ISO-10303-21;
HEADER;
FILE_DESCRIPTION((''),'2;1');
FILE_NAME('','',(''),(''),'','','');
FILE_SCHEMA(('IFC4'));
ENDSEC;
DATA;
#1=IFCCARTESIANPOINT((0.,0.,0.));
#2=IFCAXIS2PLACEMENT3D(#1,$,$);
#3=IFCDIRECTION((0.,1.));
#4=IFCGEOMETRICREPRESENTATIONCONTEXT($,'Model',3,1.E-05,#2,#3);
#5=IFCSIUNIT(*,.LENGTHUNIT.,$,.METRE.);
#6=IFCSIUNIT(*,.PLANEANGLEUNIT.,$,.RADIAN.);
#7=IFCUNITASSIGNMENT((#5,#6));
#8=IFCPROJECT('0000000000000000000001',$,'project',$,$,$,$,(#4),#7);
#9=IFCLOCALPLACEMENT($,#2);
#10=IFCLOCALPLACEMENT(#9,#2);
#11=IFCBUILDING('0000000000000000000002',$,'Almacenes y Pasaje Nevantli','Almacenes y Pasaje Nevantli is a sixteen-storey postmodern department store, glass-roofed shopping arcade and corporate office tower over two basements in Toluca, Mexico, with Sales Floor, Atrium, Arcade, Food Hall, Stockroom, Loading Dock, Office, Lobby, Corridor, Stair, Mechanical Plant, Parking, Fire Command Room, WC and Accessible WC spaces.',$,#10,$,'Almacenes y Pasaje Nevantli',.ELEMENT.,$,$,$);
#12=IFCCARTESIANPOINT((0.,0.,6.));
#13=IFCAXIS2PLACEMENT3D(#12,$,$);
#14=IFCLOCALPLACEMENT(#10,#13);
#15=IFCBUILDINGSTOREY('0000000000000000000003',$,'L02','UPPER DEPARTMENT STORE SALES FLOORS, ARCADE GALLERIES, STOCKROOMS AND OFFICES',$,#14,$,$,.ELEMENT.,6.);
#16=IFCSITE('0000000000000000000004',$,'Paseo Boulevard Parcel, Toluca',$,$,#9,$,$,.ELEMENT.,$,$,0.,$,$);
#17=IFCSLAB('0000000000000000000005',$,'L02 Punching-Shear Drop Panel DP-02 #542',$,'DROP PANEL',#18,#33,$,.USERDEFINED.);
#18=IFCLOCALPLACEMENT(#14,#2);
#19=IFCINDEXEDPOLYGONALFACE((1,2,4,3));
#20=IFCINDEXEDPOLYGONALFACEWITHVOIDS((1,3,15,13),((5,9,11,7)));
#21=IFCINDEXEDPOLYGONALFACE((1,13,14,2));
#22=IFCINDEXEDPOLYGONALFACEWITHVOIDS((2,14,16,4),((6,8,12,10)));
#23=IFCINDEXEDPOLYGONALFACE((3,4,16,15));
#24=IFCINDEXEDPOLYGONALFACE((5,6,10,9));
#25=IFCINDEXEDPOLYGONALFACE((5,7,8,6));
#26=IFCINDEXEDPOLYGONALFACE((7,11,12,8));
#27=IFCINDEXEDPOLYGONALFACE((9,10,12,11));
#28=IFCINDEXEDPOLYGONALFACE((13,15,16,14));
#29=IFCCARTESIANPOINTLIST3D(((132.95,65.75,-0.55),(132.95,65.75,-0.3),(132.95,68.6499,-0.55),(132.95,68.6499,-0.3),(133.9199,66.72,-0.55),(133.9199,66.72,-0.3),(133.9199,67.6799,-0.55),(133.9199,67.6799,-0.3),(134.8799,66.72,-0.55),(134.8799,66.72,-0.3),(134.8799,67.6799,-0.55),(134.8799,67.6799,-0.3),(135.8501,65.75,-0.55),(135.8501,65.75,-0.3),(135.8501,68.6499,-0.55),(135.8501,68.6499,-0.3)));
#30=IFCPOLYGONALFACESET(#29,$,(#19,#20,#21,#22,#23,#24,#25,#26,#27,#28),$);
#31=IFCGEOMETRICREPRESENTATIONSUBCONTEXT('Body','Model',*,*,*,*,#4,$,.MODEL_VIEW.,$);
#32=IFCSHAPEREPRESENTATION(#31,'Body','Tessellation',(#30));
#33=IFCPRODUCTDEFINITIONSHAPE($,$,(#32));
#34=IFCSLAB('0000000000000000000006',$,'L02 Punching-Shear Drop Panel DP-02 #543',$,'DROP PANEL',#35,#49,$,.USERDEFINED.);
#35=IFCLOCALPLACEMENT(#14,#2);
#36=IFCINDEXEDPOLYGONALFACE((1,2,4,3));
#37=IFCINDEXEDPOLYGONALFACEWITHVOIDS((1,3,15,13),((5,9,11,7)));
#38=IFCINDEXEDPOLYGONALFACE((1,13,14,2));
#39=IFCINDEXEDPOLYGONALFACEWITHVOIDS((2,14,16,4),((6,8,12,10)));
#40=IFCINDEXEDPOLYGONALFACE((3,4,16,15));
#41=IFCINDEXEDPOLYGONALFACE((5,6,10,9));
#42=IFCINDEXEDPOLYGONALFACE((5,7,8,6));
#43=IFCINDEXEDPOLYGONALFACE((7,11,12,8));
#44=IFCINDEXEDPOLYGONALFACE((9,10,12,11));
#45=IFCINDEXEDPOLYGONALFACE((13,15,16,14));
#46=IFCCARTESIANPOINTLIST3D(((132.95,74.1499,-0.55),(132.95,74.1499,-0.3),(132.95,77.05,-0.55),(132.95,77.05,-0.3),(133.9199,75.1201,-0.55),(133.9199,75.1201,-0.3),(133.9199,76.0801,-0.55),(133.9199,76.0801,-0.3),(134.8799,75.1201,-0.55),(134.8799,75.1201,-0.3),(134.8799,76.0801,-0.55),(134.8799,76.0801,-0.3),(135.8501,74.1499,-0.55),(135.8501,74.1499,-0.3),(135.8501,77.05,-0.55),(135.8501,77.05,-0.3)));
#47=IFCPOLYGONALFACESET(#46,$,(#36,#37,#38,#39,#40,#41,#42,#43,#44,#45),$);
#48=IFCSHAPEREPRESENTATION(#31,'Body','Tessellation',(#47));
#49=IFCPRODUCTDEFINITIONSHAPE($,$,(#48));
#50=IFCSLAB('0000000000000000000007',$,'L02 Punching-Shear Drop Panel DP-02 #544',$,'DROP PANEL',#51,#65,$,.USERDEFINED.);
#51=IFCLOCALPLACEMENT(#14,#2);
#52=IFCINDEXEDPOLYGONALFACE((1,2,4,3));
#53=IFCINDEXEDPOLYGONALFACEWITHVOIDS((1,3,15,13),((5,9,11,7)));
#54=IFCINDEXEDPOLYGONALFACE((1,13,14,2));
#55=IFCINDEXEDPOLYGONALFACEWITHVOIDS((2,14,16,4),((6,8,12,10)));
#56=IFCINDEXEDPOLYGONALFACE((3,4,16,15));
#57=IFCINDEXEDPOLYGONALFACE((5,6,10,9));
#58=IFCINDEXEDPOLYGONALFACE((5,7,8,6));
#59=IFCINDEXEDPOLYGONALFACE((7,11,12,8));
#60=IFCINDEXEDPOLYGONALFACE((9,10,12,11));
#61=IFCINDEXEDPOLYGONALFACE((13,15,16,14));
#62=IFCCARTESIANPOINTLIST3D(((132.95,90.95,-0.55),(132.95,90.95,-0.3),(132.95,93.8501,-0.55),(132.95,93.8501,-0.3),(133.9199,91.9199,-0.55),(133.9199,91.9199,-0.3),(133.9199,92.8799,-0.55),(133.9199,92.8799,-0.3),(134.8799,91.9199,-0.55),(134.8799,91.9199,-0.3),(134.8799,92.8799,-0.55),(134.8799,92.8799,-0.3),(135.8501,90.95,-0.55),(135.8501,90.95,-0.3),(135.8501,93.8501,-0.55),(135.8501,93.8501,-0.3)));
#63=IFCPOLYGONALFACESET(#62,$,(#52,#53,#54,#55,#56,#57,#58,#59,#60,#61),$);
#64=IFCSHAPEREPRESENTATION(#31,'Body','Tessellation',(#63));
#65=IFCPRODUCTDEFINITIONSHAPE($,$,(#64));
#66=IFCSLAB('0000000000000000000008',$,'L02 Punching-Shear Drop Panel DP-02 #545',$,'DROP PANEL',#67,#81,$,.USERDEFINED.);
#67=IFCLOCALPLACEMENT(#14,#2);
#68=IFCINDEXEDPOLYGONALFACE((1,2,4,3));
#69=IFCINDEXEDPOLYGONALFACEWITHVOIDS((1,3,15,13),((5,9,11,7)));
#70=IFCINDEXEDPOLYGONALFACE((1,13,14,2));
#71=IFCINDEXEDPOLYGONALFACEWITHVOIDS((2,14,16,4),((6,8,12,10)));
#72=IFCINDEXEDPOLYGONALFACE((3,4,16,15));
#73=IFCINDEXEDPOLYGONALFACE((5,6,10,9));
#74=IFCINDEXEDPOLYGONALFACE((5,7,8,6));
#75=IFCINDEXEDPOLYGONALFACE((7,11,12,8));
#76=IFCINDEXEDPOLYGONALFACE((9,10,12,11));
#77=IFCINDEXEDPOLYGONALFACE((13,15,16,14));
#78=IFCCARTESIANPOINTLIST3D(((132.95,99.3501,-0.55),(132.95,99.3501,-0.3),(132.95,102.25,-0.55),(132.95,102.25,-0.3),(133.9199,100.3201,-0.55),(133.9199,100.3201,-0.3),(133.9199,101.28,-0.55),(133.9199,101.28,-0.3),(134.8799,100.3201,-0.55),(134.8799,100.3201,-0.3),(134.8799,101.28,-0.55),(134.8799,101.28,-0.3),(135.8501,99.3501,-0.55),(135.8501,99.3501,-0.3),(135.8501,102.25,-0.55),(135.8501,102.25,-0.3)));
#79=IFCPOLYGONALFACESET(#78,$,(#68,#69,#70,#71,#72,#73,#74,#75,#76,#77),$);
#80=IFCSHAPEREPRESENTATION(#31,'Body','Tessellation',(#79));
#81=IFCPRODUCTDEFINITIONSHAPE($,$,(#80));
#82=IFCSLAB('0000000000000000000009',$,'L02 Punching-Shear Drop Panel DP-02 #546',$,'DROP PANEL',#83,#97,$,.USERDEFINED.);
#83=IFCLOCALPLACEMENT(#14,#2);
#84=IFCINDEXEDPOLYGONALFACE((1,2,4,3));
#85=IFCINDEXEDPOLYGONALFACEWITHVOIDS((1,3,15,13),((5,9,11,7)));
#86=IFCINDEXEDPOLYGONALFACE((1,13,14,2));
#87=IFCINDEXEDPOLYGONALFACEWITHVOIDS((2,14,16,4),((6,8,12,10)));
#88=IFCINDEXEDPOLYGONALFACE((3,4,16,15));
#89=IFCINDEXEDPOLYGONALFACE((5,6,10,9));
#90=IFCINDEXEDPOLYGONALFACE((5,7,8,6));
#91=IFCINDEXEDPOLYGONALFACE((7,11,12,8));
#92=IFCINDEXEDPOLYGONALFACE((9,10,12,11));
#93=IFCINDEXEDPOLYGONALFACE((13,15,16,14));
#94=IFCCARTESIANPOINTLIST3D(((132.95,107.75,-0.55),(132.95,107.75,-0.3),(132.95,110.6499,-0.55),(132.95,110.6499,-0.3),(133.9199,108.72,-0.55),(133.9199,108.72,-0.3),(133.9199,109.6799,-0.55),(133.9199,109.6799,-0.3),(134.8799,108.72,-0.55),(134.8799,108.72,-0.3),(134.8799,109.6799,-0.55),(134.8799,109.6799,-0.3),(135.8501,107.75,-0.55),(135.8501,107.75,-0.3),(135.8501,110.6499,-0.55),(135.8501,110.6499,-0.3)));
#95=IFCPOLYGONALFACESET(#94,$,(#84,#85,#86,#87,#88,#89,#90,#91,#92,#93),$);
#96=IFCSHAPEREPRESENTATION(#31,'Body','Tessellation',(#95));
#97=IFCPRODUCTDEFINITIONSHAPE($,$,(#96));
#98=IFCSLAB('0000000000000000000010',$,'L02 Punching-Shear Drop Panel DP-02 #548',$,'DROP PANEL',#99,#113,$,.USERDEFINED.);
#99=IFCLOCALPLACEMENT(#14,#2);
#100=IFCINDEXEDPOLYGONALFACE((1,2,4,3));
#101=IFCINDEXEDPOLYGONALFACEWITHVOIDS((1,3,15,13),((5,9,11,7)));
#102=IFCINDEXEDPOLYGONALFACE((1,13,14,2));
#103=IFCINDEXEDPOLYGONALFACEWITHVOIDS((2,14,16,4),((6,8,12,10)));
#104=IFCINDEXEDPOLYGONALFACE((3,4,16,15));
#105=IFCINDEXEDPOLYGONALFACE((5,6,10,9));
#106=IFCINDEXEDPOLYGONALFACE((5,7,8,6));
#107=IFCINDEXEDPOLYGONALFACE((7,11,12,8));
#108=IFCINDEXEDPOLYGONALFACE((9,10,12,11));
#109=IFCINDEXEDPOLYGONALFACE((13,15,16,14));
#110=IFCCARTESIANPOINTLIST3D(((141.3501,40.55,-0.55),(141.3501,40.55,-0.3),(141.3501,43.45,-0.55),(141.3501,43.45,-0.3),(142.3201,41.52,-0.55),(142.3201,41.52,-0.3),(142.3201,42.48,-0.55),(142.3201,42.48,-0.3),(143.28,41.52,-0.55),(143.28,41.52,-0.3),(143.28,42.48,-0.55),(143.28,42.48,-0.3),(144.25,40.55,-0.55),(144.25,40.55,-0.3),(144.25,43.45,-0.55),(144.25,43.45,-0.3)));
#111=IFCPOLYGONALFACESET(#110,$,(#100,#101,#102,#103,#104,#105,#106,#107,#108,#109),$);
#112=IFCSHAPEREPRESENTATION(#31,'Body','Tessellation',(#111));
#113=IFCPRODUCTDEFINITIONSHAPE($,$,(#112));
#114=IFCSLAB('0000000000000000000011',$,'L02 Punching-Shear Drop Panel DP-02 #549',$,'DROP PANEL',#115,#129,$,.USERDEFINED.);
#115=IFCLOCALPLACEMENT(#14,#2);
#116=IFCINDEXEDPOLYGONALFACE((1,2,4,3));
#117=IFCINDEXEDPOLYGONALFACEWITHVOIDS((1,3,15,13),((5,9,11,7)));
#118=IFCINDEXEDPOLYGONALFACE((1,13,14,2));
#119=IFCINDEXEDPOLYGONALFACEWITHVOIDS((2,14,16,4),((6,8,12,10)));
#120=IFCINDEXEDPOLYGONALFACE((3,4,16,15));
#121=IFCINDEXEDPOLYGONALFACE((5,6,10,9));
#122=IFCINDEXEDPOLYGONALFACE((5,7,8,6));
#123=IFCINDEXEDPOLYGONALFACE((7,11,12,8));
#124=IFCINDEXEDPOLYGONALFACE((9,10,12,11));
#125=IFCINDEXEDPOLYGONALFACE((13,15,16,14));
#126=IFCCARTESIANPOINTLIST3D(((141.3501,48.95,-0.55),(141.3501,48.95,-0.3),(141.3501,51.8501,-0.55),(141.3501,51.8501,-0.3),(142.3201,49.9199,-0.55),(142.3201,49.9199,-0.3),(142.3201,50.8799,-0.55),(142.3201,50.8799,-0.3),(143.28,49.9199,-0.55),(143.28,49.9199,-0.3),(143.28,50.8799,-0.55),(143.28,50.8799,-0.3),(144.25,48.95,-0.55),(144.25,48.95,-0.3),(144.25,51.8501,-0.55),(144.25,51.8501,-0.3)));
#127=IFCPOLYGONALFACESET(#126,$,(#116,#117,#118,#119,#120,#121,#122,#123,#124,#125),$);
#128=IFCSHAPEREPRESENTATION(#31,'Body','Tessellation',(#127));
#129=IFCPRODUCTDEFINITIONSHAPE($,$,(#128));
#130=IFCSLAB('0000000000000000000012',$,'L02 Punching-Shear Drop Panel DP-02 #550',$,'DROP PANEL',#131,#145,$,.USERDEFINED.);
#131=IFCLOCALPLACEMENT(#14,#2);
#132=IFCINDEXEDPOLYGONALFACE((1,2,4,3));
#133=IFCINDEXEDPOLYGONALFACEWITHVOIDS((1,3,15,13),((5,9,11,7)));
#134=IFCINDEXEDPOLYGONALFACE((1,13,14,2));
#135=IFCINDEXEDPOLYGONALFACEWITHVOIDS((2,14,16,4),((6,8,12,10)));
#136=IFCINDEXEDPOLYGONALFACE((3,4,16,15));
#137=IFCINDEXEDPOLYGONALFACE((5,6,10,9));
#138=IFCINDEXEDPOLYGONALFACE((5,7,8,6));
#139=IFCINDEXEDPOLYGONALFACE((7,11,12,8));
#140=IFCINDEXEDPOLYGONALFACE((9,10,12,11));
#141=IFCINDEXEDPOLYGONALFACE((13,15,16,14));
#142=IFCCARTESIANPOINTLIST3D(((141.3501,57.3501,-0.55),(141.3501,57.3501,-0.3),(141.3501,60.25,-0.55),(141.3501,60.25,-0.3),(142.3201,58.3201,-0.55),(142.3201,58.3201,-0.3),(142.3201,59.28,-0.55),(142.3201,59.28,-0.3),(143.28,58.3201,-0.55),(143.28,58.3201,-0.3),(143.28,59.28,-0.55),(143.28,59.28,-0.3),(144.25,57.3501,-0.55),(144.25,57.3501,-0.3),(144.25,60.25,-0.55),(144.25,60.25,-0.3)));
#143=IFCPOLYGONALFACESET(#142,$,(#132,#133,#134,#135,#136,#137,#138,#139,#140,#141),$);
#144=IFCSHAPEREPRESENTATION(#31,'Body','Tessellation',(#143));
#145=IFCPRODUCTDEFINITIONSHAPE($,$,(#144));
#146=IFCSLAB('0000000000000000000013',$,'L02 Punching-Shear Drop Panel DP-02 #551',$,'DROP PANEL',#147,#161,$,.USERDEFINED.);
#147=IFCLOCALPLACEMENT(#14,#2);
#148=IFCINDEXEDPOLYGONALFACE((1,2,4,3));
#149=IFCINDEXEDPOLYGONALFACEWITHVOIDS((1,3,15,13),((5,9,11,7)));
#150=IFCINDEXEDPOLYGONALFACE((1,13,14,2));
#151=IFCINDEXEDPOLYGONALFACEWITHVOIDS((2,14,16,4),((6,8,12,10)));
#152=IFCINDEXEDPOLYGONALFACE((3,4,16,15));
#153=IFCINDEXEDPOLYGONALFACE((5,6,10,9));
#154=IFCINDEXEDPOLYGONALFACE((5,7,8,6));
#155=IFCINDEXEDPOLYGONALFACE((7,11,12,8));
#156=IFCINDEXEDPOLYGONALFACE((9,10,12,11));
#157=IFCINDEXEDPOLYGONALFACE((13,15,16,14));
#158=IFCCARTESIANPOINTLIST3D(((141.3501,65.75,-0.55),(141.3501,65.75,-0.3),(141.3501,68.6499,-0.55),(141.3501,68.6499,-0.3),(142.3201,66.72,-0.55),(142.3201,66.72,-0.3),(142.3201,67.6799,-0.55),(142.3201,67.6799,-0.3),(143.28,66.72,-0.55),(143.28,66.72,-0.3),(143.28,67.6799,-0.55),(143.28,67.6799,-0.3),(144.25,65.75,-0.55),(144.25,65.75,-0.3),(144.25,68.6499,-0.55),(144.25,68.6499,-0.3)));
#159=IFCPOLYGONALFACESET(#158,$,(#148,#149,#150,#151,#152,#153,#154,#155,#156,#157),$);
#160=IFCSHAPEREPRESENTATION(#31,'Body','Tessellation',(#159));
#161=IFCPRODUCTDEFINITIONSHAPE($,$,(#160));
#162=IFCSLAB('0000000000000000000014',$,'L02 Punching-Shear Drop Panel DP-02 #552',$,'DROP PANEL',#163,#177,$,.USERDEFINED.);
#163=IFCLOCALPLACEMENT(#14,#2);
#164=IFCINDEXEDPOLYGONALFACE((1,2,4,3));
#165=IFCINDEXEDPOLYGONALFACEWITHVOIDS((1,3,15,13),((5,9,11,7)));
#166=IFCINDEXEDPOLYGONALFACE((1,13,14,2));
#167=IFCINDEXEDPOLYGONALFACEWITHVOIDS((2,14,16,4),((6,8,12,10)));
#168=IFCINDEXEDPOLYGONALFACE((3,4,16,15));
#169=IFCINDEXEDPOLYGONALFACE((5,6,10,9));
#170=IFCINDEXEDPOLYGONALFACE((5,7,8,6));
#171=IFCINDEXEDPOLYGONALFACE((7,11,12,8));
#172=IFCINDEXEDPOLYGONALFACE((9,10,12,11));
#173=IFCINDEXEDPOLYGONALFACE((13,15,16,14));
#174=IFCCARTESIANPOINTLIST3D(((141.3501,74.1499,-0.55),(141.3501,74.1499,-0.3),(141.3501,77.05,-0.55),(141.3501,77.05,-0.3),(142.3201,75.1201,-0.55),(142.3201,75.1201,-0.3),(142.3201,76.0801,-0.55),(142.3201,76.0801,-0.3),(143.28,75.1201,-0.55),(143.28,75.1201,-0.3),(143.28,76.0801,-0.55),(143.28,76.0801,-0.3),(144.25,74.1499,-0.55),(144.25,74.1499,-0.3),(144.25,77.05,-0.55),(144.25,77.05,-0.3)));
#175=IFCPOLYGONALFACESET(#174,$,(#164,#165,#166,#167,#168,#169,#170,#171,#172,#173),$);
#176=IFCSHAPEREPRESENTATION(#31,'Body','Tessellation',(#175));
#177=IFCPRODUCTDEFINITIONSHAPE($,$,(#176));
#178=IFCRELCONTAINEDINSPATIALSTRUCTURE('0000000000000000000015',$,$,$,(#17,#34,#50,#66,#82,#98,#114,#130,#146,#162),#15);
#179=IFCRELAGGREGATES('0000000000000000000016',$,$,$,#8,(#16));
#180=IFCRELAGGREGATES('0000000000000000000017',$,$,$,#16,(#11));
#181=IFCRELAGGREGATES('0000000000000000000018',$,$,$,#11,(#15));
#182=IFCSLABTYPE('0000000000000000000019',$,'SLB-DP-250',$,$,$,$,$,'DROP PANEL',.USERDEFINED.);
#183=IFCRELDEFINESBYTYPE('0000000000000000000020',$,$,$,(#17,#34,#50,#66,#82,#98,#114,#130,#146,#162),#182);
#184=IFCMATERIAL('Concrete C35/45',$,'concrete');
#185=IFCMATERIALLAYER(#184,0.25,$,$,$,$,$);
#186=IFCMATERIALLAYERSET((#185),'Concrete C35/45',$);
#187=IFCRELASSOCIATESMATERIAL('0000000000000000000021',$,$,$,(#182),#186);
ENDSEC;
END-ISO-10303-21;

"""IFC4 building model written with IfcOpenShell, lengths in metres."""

from ifc_helpers import new_model, si_unit, direction, frame, origin, place, context, subcontext, project, spatial, polyline, outline, extrude, material, layer, layer_set, type_object, element, save


model = new_model("IFC4")

# Units and contexts
model_context = context("Model", 3, precision=1e-05, world=origin(), true_north=direction((0.0, 1.0)))
body_context = subcontext(model_context, "Body", "Model", "MODEL_VIEW")
ifc_project = project(units=[si_unit("LENGTHUNIT", "METRE"), si_unit("PLANEANGLEUNIT", "RADIAN")], contexts=[model_context])

# Site, building, storey
site_placement = place(None, origin())
site = spatial("IfcSite", under=ifc_project, at=site_placement, Name="Paseo Boulevard Parcel, Toluca", CompositionType="ELEMENT", RefElevation=0.0)
building_placement = place(site_placement, origin())
building = spatial("IfcBuilding", under=site, at=building_placement, Name="Almacenes y Pasaje Nevantli", Description="Almacenes y Pasaje Nevantli is a sixteen-storey postmodern department store, glass-roofed shopping arcade and corporate office tower over two basements in Toluca, Mexico, with Sales Floor, Atrium, Arcade, Food Hall, Stockroom, Loading Dock, Office, Lobby, Corridor, Stair, Mechanical Plant, Parking, Fire Command Room, WC and Accessible WC spaces.", LongName="Almacenes y Pasaje Nevantli", CompositionType="ELEMENT")
storey_placement = place(building_placement, frame((0.0, 0.0, 6.0)))
storey = spatial("IfcBuildingStorey", under=building, at=storey_placement, Name="L02", Description="UPPER DEPARTMENT STORE SALES FLOORS, ARCADE GALLERIES, STOCKROOMS AND OFFICES", CompositionType="ELEMENT", Elevation=6.0)

# Slabs
ifc_material_1 = material(Name="Concrete C35/45", Category="concrete")
ifc_layer_1 = layer(ifc_material_1, 0.25)
ifc_layer_set_1 = layer_set([ifc_layer_1], Name="Concrete C35/45")
slab_type_1 = type_object("IfcSlabType", Name="SLB-DP-250", ElementType="DROP PANEL", PredefinedType="USERDEFINED", material=ifc_layer_set_1)
slab_1_placement = place(storey_placement, frame((0.0, 0.0, -0.55)))
element("IfcSlab", 1, at=slab_1_placement, inside=storey, type_object=slab_type_1, Name="L02 Punching-Shear Drop Panel DP-02 #542", ObjectType="DROP PANEL", PredefinedType="USERDEFINED", context=body_context, shape_type="SweptSolid", body=[
    extrude(outline(polyline([(132.95, 65.75), (135.8501, 65.75), (135.8501, 68.6499), (132.95, 68.6499), (132.95, 65.75)]), holes=[polyline([(133.9199, 66.72), (134.8799, 66.72), (134.8799, 67.6799), (133.9199, 67.6799), (133.9199, 66.72)])]), origin(), (0.0, 0.0, 1.0), 0.25),
])
slab_2_placement = place(storey_placement, frame((0.0, 0.0, -0.55)))
element("IfcSlab", 2, at=slab_2_placement, inside=storey, type_object=slab_type_1, Name="L02 Punching-Shear Drop Panel DP-02 #543", ObjectType="DROP PANEL", PredefinedType="USERDEFINED", context=body_context, shape_type="SweptSolid", body=[
    extrude(outline(polyline([(132.95, 74.1499), (135.8501, 74.1499), (135.8501, 77.05), (132.95, 77.05), (132.95, 74.1499)]), holes=[polyline([(133.9199, 75.1201), (134.8799, 75.1201), (134.8799, 76.0801), (133.9199, 76.0801), (133.9199, 75.1201)])]), origin(), (0.0, 0.0, 1.0), 0.25),
])
slab_3_placement = place(storey_placement, frame((0.0, 0.0, -0.55)))
element("IfcSlab", 3, at=slab_3_placement, inside=storey, type_object=slab_type_1, Name="L02 Punching-Shear Drop Panel DP-02 #544", ObjectType="DROP PANEL", PredefinedType="USERDEFINED", context=body_context, shape_type="SweptSolid", body=[
    extrude(outline(polyline([(132.95, 90.95), (135.8501, 90.95), (135.8501, 93.8501), (132.95, 93.8501), (132.95, 90.95)]), holes=[polyline([(133.9199, 91.9199), (134.8799, 91.9199), (134.8799, 92.8799), (133.9199, 92.8799), (133.9199, 91.9199)])]), origin(), (0.0, 0.0, 1.0), 0.25),
])
slab_4_placement = place(storey_placement, frame((0.0, 0.0, -0.55)))
element("IfcSlab", 4, at=slab_4_placement, inside=storey, type_object=slab_type_1, Name="L02 Punching-Shear Drop Panel DP-02 #545", ObjectType="DROP PANEL", PredefinedType="USERDEFINED", context=body_context, shape_type="SweptSolid", body=[
    extrude(outline(polyline([(132.95, 99.3501), (135.8501, 99.3501), (135.8501, 102.25), (132.95, 102.25), (132.95, 99.3501)]), holes=[polyline([(133.9199, 100.3201), (134.8799, 100.3201), (134.8799, 101.28), (133.9199, 101.28), (133.9199, 100.3201)])]), origin(), (0.0, 0.0, 1.0), 0.25),
])
slab_5_placement = place(storey_placement, frame((0.0, 0.0, -0.55)))
element("IfcSlab", 5, at=slab_5_placement, inside=storey, type_object=slab_type_1, Name="L02 Punching-Shear Drop Panel DP-02 #546", ObjectType="DROP PANEL", PredefinedType="USERDEFINED", context=body_context, shape_type="SweptSolid", body=[
    extrude(outline(polyline([(132.95, 107.75), (135.8501, 107.75), (135.8501, 110.6499), (132.95, 110.6499), (132.95, 107.75)]), holes=[polyline([(133.9199, 108.72), (134.8799, 108.72), (134.8799, 109.6799), (133.9199, 109.6799), (133.9199, 108.72)])]), origin(), (0.0, 0.0, 1.0), 0.25),
])
slab_6_placement = place(storey_placement, frame((0.0, 0.0, -0.55)))
element("IfcSlab", 6, at=slab_6_placement, inside=storey, type_object=slab_type_1, Name="L02 Punching-Shear Drop Panel DP-02 #548", ObjectType="DROP PANEL", PredefinedType="USERDEFINED", context=body_context, shape_type="SweptSolid", body=[
    extrude(outline(polyline([(141.3501, 40.55), (144.25, 40.55), (144.25, 43.45), (141.3501, 43.45), (141.3501, 40.55)]), holes=[polyline([(142.3201, 41.52), (143.28, 41.52), (143.28, 42.48), (142.3201, 42.48), (142.3201, 41.52)])]), origin(), (0.0, 0.0, 1.0), 0.25),
])
slab_7_placement = place(storey_placement, frame((0.0, 0.0, -0.55)))
element("IfcSlab", 7, at=slab_7_placement, inside=storey, type_object=slab_type_1, Name="L02 Punching-Shear Drop Panel DP-02 #549", ObjectType="DROP PANEL", PredefinedType="USERDEFINED", context=body_context, shape_type="SweptSolid", body=[
    extrude(outline(polyline([(141.3501, 48.95), (144.25, 48.95), (144.25, 51.8501), (141.3501, 51.8501), (141.3501, 48.95)]), holes=[polyline([(142.3201, 49.9199), (143.28, 49.9199), (143.28, 50.8799), (142.3201, 50.8799), (142.3201, 49.9199)])]), origin(), (0.0, 0.0, 1.0), 0.25),
])
slab_8_placement = place(storey_placement, frame((0.0, 0.0, -0.55)))
element("IfcSlab", 8, at=slab_8_placement, inside=storey, type_object=slab_type_1, Name="L02 Punching-Shear Drop Panel DP-02 #550", ObjectType="DROP PANEL", PredefinedType="USERDEFINED", context=body_context, shape_type="SweptSolid", body=[
    extrude(outline(polyline([(141.3501, 57.3501), (144.25, 57.3501), (144.25, 60.25), (141.3501, 60.25), (141.3501, 57.3501)]), holes=[polyline([(142.3201, 58.3201), (143.28, 58.3201), (143.28, 59.28), (142.3201, 59.28), (142.3201, 58.3201)])]), origin(), (0.0, 0.0, 1.0), 0.25),
])
slab_9_placement = place(storey_placement, frame((0.0, 0.0, -0.55)))
element("IfcSlab", 9, at=slab_9_placement, inside=storey, type_object=slab_type_1, Name="L02 Punching-Shear Drop Panel DP-02 #551", ObjectType="DROP PANEL", PredefinedType="USERDEFINED", context=body_context, shape_type="SweptSolid", body=[
    extrude(outline(polyline([(141.3501, 65.75), (144.25, 65.75), (144.25, 68.6499), (141.3501, 68.6499), (141.3501, 65.75)]), holes=[polyline([(142.3201, 66.72), (143.28, 66.72), (143.28, 67.6799), (142.3201, 67.6799), (142.3201, 66.72)])]), origin(), (0.0, 0.0, 1.0), 0.25),
])
slab_10_placement = place(storey_placement, frame((0.0, 0.0, -0.55)))
element("IfcSlab", 10, at=slab_10_placement, inside=storey, type_object=slab_type_1, Name="L02 Punching-Shear Drop Panel DP-02 #552", ObjectType="DROP PANEL", PredefinedType="USERDEFINED", context=body_context, shape_type="SweptSolid", body=[
    extrude(outline(polyline([(141.3501, 74.1499), (144.25, 74.1499), (144.25, 77.05), (141.3501, 77.05), (141.3501, 74.1499)]), holes=[polyline([(142.3201, 75.1201), (143.28, 75.1201), (143.28, 76.0801), (142.3201, 76.0801), (142.3201, 75.1201)])]), origin(), (0.0, 0.0, 1.0), 0.25),
])

save(model, "model.ifc")
